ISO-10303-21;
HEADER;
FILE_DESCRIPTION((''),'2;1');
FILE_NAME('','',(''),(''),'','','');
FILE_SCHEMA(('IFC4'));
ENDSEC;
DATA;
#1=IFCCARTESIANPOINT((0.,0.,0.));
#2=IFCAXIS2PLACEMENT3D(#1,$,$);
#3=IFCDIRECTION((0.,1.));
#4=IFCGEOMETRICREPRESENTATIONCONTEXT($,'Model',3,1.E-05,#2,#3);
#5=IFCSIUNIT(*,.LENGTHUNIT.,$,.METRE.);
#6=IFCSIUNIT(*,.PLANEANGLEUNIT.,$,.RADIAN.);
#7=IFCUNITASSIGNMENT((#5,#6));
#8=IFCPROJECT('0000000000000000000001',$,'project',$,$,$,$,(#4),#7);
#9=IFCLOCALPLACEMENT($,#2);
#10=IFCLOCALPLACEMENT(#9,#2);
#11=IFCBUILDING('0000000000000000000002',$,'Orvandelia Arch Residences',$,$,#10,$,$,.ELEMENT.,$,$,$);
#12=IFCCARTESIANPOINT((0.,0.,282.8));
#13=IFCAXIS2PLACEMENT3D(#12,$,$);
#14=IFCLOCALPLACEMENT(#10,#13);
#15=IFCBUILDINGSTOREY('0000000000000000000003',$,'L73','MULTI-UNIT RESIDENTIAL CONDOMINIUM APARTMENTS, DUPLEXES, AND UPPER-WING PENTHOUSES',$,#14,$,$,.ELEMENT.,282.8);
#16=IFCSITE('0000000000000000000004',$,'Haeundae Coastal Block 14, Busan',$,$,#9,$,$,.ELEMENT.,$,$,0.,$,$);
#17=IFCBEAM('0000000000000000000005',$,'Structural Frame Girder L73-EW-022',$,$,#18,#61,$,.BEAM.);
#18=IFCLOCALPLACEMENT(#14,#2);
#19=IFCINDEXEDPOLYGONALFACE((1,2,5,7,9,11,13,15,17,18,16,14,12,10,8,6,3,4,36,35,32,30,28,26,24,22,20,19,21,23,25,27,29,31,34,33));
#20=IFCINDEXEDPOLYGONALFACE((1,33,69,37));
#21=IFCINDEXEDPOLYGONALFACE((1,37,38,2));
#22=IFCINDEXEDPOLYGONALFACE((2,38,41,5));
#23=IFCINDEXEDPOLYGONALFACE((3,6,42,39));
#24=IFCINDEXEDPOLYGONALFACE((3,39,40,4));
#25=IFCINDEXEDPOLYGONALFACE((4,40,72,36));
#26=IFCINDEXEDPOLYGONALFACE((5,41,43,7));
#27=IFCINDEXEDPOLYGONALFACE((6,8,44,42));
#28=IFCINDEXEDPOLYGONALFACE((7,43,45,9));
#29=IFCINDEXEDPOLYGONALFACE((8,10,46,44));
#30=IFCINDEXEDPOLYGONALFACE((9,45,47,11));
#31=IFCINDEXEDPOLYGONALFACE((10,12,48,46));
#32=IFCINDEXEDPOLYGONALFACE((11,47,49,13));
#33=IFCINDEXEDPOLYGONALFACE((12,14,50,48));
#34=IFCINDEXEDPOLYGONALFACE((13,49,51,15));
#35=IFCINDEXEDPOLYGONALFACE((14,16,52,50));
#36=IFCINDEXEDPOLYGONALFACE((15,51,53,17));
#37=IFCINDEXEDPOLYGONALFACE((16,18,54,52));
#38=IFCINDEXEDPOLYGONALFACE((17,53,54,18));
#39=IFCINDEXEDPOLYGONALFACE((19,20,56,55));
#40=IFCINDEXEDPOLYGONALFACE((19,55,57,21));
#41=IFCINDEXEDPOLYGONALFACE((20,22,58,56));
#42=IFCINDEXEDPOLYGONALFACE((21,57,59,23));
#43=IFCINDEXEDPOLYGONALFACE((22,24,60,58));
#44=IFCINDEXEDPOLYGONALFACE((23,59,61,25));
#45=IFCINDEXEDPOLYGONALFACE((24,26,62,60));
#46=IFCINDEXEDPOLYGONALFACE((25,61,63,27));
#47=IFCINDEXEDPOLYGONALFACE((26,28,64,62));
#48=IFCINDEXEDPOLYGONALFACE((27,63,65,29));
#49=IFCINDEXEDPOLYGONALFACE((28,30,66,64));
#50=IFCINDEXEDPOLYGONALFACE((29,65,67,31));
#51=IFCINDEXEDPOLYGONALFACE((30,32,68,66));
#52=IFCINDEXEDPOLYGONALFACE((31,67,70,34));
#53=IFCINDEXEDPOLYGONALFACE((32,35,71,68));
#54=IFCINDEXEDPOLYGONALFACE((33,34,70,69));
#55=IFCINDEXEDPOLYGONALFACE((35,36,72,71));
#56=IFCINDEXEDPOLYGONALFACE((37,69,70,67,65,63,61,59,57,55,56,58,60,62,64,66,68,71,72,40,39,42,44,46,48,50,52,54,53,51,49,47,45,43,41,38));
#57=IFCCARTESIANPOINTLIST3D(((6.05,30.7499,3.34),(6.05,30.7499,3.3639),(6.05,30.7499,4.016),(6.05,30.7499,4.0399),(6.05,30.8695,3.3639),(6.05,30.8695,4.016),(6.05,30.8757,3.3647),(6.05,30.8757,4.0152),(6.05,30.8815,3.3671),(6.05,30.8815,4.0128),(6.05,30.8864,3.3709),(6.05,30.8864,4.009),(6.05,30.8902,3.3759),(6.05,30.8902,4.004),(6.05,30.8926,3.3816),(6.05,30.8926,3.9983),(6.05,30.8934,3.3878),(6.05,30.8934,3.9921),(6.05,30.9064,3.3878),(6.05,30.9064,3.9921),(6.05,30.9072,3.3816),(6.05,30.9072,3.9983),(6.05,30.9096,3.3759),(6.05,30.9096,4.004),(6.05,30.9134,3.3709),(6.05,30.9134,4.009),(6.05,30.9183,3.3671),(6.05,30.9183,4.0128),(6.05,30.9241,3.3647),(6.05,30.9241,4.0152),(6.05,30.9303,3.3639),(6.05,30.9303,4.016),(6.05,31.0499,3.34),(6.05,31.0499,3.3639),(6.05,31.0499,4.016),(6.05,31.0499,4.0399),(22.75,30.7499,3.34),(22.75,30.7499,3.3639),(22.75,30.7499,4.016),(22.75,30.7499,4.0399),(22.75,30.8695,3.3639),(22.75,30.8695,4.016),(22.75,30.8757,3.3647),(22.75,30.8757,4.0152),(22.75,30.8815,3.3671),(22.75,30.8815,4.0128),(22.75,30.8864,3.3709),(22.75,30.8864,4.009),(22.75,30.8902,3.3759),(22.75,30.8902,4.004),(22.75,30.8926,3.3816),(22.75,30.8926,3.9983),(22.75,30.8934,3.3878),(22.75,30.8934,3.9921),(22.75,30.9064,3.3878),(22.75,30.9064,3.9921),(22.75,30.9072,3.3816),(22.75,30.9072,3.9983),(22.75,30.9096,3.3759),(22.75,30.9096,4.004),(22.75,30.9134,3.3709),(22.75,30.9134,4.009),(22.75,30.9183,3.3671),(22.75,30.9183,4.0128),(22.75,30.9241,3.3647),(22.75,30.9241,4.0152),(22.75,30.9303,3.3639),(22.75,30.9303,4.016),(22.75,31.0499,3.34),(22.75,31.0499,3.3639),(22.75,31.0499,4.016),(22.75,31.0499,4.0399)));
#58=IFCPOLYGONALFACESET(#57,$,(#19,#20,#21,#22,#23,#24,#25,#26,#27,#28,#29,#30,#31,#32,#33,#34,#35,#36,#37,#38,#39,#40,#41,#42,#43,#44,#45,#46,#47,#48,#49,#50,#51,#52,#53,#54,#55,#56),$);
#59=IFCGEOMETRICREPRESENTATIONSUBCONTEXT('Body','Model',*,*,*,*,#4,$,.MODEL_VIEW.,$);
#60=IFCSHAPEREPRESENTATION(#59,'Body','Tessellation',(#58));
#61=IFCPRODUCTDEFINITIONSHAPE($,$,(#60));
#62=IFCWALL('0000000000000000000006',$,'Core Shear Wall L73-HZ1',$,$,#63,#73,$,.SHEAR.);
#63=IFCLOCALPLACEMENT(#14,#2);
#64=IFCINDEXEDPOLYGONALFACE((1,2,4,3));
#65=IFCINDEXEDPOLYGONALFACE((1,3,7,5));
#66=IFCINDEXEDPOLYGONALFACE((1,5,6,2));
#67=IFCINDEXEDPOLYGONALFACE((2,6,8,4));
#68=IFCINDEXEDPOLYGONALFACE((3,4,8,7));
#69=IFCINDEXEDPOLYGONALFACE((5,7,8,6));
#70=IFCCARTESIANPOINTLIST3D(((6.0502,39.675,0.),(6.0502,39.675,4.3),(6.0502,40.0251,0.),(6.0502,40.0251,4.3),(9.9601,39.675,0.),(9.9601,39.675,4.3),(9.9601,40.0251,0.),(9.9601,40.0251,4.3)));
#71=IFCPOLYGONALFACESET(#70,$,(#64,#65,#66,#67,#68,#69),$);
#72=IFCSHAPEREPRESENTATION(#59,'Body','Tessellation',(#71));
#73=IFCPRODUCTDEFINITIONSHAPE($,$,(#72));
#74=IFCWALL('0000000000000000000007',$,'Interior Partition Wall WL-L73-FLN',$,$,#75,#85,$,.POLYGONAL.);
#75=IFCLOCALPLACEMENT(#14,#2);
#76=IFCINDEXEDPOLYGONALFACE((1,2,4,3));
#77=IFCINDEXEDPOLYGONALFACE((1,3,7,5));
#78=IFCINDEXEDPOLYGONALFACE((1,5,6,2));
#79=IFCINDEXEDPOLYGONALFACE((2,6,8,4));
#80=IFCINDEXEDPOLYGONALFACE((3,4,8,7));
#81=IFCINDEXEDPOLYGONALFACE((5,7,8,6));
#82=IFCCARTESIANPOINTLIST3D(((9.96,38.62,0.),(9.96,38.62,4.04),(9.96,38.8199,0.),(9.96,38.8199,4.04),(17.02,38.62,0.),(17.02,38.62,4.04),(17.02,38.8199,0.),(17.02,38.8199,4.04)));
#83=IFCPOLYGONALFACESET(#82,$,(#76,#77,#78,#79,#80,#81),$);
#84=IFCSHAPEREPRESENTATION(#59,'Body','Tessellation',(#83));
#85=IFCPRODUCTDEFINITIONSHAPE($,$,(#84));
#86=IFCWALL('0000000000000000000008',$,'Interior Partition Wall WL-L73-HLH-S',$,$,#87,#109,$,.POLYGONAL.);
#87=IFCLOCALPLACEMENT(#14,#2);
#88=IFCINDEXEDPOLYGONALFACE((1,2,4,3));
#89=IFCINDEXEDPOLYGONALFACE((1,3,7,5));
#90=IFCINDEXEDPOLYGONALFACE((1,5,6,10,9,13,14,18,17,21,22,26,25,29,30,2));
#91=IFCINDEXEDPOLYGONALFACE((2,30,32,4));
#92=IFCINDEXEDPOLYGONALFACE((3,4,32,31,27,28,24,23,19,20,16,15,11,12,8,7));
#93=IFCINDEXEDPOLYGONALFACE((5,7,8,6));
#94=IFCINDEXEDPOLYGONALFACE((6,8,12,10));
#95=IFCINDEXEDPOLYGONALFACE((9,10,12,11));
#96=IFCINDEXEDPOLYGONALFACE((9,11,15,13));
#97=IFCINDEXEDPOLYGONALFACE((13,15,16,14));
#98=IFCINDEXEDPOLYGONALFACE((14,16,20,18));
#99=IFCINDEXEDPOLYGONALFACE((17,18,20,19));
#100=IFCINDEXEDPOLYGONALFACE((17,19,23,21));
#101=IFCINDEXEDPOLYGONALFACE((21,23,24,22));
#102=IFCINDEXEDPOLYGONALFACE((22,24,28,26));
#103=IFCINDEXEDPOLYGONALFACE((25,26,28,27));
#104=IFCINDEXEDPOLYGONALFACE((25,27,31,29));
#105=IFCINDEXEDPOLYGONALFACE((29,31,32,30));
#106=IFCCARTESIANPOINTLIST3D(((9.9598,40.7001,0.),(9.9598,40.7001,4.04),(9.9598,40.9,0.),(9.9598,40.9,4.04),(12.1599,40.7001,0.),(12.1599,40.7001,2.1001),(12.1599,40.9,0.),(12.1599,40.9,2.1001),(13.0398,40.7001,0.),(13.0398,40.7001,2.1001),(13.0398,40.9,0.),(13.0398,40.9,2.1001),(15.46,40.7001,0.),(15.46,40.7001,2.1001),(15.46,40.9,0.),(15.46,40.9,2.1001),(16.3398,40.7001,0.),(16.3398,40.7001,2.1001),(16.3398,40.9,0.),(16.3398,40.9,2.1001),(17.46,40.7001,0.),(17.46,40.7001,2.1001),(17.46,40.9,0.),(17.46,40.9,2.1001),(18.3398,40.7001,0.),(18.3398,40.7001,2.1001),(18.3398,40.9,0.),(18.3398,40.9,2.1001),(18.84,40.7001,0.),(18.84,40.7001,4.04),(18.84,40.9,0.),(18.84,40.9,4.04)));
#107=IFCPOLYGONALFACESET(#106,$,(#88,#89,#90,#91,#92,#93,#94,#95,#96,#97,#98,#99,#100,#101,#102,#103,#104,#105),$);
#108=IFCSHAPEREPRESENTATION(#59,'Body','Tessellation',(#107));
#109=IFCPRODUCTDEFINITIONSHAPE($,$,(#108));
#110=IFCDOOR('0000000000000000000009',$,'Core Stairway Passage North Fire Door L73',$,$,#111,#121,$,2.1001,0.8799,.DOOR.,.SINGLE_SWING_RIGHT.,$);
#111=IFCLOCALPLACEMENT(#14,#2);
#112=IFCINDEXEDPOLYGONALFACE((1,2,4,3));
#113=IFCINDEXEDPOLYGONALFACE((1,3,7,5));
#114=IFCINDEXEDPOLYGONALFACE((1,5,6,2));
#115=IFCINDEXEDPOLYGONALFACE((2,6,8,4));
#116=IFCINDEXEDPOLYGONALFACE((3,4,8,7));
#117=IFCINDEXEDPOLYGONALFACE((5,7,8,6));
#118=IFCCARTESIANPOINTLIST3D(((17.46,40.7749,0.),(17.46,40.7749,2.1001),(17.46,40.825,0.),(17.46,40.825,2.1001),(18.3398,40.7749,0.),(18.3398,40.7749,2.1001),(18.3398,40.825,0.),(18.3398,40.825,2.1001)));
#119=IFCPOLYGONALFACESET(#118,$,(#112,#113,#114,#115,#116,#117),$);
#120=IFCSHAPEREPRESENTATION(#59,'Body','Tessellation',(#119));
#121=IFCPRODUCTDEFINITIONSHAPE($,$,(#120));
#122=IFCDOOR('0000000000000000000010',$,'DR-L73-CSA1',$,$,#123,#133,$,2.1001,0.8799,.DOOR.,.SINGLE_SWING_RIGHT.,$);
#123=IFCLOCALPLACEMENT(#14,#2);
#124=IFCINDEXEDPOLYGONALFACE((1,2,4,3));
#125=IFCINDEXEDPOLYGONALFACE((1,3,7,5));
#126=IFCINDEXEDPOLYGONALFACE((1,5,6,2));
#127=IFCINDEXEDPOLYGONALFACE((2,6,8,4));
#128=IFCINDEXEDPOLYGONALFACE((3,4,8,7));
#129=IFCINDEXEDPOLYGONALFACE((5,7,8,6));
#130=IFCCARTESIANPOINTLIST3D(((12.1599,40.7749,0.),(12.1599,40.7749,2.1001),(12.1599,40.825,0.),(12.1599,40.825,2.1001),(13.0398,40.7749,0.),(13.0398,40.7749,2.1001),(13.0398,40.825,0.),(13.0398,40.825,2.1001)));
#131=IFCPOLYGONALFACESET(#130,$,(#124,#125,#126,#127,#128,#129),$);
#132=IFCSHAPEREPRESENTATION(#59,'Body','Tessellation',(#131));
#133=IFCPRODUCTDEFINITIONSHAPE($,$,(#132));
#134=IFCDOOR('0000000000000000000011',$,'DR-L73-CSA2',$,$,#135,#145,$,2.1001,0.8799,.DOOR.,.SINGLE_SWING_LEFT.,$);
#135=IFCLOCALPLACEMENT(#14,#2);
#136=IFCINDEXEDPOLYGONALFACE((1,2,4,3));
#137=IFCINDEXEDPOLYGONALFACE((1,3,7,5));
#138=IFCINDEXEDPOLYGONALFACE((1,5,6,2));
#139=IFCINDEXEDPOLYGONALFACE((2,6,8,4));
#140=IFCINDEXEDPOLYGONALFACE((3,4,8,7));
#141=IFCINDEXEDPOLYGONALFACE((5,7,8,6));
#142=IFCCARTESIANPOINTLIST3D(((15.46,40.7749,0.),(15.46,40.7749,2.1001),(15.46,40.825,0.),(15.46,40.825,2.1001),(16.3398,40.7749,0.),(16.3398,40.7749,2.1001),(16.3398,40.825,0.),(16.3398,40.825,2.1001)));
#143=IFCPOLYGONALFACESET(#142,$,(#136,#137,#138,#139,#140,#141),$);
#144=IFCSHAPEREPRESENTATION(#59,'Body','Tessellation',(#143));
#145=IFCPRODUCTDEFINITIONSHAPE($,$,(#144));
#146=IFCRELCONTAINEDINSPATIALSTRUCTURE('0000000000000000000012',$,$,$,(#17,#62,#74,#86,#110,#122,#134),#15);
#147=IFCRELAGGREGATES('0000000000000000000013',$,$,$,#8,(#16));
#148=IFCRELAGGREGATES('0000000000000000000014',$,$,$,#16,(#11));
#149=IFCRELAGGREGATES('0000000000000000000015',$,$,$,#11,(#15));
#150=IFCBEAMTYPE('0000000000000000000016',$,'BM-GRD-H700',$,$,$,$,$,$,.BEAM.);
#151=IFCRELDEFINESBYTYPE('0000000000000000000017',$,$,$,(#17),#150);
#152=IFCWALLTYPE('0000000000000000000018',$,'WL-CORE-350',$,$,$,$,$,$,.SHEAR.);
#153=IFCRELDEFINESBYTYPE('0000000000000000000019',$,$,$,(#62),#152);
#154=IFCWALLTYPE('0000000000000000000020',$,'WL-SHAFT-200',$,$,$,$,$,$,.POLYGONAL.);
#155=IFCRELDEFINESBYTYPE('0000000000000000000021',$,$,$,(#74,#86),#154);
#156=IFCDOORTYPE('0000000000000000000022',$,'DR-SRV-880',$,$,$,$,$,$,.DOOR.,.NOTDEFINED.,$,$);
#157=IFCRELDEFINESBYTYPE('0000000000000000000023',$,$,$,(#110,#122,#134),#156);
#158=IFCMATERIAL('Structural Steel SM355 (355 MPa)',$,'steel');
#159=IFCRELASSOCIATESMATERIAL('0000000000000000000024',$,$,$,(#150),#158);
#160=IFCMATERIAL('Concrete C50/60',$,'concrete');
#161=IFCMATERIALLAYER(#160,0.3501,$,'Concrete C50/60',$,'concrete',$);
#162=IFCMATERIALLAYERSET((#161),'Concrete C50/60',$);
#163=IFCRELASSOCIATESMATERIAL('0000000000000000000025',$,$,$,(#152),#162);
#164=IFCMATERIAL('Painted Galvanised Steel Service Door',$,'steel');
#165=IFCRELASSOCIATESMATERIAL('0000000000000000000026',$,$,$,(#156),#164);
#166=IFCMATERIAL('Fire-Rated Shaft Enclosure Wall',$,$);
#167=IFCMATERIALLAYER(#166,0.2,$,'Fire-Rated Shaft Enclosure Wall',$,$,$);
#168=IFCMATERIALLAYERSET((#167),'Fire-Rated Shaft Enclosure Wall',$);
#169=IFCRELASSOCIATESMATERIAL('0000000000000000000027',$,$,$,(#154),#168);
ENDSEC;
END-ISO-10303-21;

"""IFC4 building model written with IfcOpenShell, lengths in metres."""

from ifc_helpers import new_model, si_unit, direction, frame, frame_2d, origin, origin_2d, place, context, subcontext, project, spatial, rectangle, i_section, extrude, material, layer, layer_set, material_profile, profile_set, type_object, element, fill, save


model = new_model("IFC4")

# Units and contexts
model_context = context("Model", 3, precision=1e-05, world=origin(), true_north=direction((0.0, 1.0)))
body_context = subcontext(model_context, "Body", "Model", "MODEL_VIEW")
ifc_project = project(units=[si_unit("LENGTHUNIT", "METRE"), si_unit("PLANEANGLEUNIT", "RADIAN")], contexts=[model_context])

# Site, building, storey
site_placement = place(None, origin())
site = spatial("IfcSite", under=ifc_project, at=site_placement, Name="Haeundae Coastal Block 14, Busan", CompositionType="ELEMENT", RefElevation=0.0)
building_placement = place(site_placement, origin())
building = spatial("IfcBuilding", under=site, at=building_placement, Name="Orvandelia Arch Residences", CompositionType="ELEMENT")
storey_placement = place(building_placement, frame((0.0, 0.0, 282.8)))
storey = spatial("IfcBuildingStorey", under=building, at=storey_placement, Name="L73", Description="MULTI-UNIT RESIDENTIAL CONDOMINIUM APARTMENTS, DUPLEXES, AND UPPER-WING PENTHOUSES", CompositionType="ELEMENT", Elevation=282.8)

# Shared definitions
ifc_material_1 = material(Name="Concrete C50/60", Category="concrete")

# Beam
ifc_material_2 = material(Name="Structural Steel SM355 (355 MPa)", Category="steel")
ifc_material_profile_1 = material_profile(ifc_material_2, i_section(OverallWidth=0.3, OverallDepth=0.7, WebThickness=0.0129, FlangeThickness=0.0239, FilletRadius=0.0239, at=origin_2d()), Name="Structural Steel SM355 (355 MPa)", Category="steel")
ifc_profile_set_1 = profile_set([ifc_material_profile_1], Name="Structural Steel SM355 (355 MPa)")
beam_type = type_object("IfcBeamType", Name="BM-GRD-H700", PredefinedType="BEAM", material=ifc_profile_set_1)
beam_1_placement = place(storey_placement, frame((6.05, 30.8999, 3.6899), z_axis=(1.0, 0.0, 0.0), x_axis=(0.0, 1.0, 0.0)))
element("IfcBeam", 1, at=beam_1_placement, inside=storey, type_object=beam_type, Name="Structural Frame Girder L73-EW-022", PredefinedType="BEAM", context=body_context, shape_type="SweptSolid", body=[
    extrude(i_section(OverallWidth=0.3, OverallDepth=0.7, WebThickness=0.0129, FlangeThickness=0.0239, FilletRadius=0.0239, at=origin_2d()), origin(), (0.0, 0.0, 1.0), 16.7),
])

# Wall
ifc_layer_1 = layer(ifc_material_1, 0.3501, Name="Concrete C50/60", Category="concrete")
ifc_layer_set_1 = layer_set([ifc_layer_1], Name="Concrete C50/60")
wall_type_1 = type_object("IfcWallType", Name="WL-CORE-350", PredefinedType="SHEAR", material=ifc_layer_set_1)
wall_1_placement = place(storey_placement, frame((6.05, 39.8501, 0.0), z_axis=(0.0, 0.0, 1.0), x_axis=(1.0, 0.0, 0.0)))
element("IfcWall", 2, at=wall_1_placement, inside=storey, type_object=wall_type_1, Name="Core Shear Wall L73-HZ1", PredefinedType="SHEAR", context=body_context, shape_type="SweptSolid", body=[
    extrude(rectangle(XDim=3.9099, YDim=0.3501, at=frame_2d((1.9551, 0.0))), origin(), (0.0, 0.0, 1.0), 4.3),
])

# Shared definitions
ifc_material_3 = material(Name="Painted Galvanised Steel Service Door", Category="steel")
door_type_1 = type_object("IfcDoorType", Name="DR-SRV-880", OperationType="NOTDEFINED", PredefinedType="DOOR", material=ifc_material_3)

# Wall
ifc_material_4 = material(Name="Fire-Rated Shaft Enclosure Wall")
ifc_layer_2 = layer(ifc_material_4, 0.2, Name="Fire-Rated Shaft Enclosure Wall")
ifc_layer_set_2 = layer_set([ifc_layer_2], Name="Fire-Rated Shaft Enclosure Wall")
wall_type_2 = type_object("IfcWallType", Name="WL-SHAFT-200", PredefinedType="POLYGONAL", material=ifc_layer_set_2)
wall_2_placement = place(storey_placement, frame((9.96, 38.72, 0.0), z_axis=(0.0, 0.0, 1.0), x_axis=(1.0, 0.0, 0.0)))
element("IfcWall", 3, at=wall_2_placement, inside=storey, type_object=wall_type_2, Name="Interior Partition Wall WL-L73-FLN", PredefinedType="POLYGONAL", context=body_context, shape_type="SweptSolid", body=[
    extrude(rectangle(XDim=7.0601, YDim=0.2, at=frame_2d((3.53, 0.0))), origin(), (0.0, 0.0, 1.0), 4.04),
])

# Wall, openings, doors
wall_3_placement = place(storey_placement, frame((9.96, 40.8, 0.0), z_axis=(0.0, 0.0, 1.0), x_axis=(1.0, 0.0, 0.0)))
wall_3 = element("IfcWall", 4, at=wall_3_placement, inside=storey, type_object=wall_type_2, Name="Interior Partition Wall WL-L73-HLH-S", PredefinedType="POLYGONAL", context=body_context, shape_type="SweptSolid", body=[
    extrude(rectangle(XDim=8.8801, YDim=0.2, at=frame_2d((4.4399, 0.0))), origin(), (0.0, 0.0, 1.0), 4.04),
])
opening_1_placement = place(wall_3_placement, frame((7.5, 0.0, 0.0)))
opening_1 = element("IfcOpeningElement", 5, at=opening_1_placement, cuts=wall_3, PredefinedType="OPENING", context=body_context, shape_type="SweptSolid", body=[
    extrude(rectangle(XDim=0.8799, YDim=2.1001, at=frame_2d((0.4399, 1.05))), frame((0.0, 0.1099, 0.0), z_axis=(0.0, -1.0, 0.0), x_axis=(1.0, 0.0, 0.0)), (0.0, 0.0, 1.0), 0.22),
])
opening_2_placement = place(wall_3_placement, frame((2.2, 0.0, 0.0)))
opening_2 = element("IfcOpeningElement", 6, at=opening_2_placement, cuts=wall_3, PredefinedType="OPENING", context=body_context, shape_type="SweptSolid", body=[
    extrude(rectangle(XDim=0.8799, YDim=2.1001, at=frame_2d((0.4399, 1.05))), frame((0.0, 0.1099, 0.0), z_axis=(0.0, -1.0, 0.0), x_axis=(1.0, 0.0, 0.0)), (0.0, 0.0, 1.0), 0.22),
])
opening_3_placement = place(wall_3_placement, frame((5.5, 0.0, 0.0)))
opening_3 = element("IfcOpeningElement", 7, at=opening_3_placement, cuts=wall_3, PredefinedType="OPENING", context=body_context, shape_type="SweptSolid", body=[
    extrude(rectangle(XDim=0.8799, YDim=2.1001, at=frame_2d((0.4399, 1.05))), frame((0.0, 0.1099, 0.0), z_axis=(0.0, -1.0, 0.0), x_axis=(1.0, 0.0, 0.0)), (0.0, 0.0, 1.0), 0.22),
])
door_1_placement = place(opening_1_placement, origin())
door_1 = element("IfcDoor", 8, at=door_1_placement, inside=storey, type_object=door_type_1, Name="Core Stairway Passage North Fire Door L73", OperationType="SINGLE_SWING_RIGHT", OverallHeight=2.1001, OverallWidth=0.8799, PredefinedType="DOOR", context=body_context, shape_type="SweptSolid", body=[
    extrude(rectangle(XDim=0.8799, YDim=2.1001, at=frame_2d((0.4399, 1.05))), frame((0.0, 0.0249, 0.0), z_axis=(0.0, -1.0, 0.0), x_axis=(1.0, 0.0, 0.0)), (0.0, 0.0, 1.0), 0.05),
])
fill(opening_1, door_1)
door_2_placement = place(opening_2_placement, origin())
door_2 = element("IfcDoor", 9, at=door_2_placement, inside=storey, type_object=door_type_1, Name="DR-L73-CSA1", OperationType="SINGLE_SWING_RIGHT", OverallHeight=2.1001, OverallWidth=0.8799, PredefinedType="DOOR", context=body_context, shape_type="SweptSolid", body=[
    extrude(rectangle(XDim=0.8799, YDim=2.1001, at=frame_2d((0.4399, 1.05))), frame((0.0, 0.0249, 0.0), z_axis=(0.0, -1.0, 0.0), x_axis=(1.0, 0.0, 0.0)), (0.0, 0.0, 1.0), 0.05),
])
fill(opening_2, door_2)
door_3_placement = place(opening_3_placement, origin())
door_3 = element("IfcDoor", 10, at=door_3_placement, inside=storey, type_object=door_type_1, Name="DR-L73-CSA2", OperationType="SINGLE_SWING_LEFT", OverallHeight=2.1001, OverallWidth=0.8799, PredefinedType="DOOR", context=body_context, shape_type="SweptSolid", body=[
    extrude(rectangle(XDim=0.8799, YDim=2.1001, at=frame_2d((0.4399, 1.05))), frame((0.0, 0.0249, 0.0), z_axis=(0.0, -1.0, 0.0), x_axis=(1.0, 0.0, 0.0)), (0.0, 0.0, 1.0), 0.05),
])
fill(opening_3, door_3)

save(model, "model.ifc")
